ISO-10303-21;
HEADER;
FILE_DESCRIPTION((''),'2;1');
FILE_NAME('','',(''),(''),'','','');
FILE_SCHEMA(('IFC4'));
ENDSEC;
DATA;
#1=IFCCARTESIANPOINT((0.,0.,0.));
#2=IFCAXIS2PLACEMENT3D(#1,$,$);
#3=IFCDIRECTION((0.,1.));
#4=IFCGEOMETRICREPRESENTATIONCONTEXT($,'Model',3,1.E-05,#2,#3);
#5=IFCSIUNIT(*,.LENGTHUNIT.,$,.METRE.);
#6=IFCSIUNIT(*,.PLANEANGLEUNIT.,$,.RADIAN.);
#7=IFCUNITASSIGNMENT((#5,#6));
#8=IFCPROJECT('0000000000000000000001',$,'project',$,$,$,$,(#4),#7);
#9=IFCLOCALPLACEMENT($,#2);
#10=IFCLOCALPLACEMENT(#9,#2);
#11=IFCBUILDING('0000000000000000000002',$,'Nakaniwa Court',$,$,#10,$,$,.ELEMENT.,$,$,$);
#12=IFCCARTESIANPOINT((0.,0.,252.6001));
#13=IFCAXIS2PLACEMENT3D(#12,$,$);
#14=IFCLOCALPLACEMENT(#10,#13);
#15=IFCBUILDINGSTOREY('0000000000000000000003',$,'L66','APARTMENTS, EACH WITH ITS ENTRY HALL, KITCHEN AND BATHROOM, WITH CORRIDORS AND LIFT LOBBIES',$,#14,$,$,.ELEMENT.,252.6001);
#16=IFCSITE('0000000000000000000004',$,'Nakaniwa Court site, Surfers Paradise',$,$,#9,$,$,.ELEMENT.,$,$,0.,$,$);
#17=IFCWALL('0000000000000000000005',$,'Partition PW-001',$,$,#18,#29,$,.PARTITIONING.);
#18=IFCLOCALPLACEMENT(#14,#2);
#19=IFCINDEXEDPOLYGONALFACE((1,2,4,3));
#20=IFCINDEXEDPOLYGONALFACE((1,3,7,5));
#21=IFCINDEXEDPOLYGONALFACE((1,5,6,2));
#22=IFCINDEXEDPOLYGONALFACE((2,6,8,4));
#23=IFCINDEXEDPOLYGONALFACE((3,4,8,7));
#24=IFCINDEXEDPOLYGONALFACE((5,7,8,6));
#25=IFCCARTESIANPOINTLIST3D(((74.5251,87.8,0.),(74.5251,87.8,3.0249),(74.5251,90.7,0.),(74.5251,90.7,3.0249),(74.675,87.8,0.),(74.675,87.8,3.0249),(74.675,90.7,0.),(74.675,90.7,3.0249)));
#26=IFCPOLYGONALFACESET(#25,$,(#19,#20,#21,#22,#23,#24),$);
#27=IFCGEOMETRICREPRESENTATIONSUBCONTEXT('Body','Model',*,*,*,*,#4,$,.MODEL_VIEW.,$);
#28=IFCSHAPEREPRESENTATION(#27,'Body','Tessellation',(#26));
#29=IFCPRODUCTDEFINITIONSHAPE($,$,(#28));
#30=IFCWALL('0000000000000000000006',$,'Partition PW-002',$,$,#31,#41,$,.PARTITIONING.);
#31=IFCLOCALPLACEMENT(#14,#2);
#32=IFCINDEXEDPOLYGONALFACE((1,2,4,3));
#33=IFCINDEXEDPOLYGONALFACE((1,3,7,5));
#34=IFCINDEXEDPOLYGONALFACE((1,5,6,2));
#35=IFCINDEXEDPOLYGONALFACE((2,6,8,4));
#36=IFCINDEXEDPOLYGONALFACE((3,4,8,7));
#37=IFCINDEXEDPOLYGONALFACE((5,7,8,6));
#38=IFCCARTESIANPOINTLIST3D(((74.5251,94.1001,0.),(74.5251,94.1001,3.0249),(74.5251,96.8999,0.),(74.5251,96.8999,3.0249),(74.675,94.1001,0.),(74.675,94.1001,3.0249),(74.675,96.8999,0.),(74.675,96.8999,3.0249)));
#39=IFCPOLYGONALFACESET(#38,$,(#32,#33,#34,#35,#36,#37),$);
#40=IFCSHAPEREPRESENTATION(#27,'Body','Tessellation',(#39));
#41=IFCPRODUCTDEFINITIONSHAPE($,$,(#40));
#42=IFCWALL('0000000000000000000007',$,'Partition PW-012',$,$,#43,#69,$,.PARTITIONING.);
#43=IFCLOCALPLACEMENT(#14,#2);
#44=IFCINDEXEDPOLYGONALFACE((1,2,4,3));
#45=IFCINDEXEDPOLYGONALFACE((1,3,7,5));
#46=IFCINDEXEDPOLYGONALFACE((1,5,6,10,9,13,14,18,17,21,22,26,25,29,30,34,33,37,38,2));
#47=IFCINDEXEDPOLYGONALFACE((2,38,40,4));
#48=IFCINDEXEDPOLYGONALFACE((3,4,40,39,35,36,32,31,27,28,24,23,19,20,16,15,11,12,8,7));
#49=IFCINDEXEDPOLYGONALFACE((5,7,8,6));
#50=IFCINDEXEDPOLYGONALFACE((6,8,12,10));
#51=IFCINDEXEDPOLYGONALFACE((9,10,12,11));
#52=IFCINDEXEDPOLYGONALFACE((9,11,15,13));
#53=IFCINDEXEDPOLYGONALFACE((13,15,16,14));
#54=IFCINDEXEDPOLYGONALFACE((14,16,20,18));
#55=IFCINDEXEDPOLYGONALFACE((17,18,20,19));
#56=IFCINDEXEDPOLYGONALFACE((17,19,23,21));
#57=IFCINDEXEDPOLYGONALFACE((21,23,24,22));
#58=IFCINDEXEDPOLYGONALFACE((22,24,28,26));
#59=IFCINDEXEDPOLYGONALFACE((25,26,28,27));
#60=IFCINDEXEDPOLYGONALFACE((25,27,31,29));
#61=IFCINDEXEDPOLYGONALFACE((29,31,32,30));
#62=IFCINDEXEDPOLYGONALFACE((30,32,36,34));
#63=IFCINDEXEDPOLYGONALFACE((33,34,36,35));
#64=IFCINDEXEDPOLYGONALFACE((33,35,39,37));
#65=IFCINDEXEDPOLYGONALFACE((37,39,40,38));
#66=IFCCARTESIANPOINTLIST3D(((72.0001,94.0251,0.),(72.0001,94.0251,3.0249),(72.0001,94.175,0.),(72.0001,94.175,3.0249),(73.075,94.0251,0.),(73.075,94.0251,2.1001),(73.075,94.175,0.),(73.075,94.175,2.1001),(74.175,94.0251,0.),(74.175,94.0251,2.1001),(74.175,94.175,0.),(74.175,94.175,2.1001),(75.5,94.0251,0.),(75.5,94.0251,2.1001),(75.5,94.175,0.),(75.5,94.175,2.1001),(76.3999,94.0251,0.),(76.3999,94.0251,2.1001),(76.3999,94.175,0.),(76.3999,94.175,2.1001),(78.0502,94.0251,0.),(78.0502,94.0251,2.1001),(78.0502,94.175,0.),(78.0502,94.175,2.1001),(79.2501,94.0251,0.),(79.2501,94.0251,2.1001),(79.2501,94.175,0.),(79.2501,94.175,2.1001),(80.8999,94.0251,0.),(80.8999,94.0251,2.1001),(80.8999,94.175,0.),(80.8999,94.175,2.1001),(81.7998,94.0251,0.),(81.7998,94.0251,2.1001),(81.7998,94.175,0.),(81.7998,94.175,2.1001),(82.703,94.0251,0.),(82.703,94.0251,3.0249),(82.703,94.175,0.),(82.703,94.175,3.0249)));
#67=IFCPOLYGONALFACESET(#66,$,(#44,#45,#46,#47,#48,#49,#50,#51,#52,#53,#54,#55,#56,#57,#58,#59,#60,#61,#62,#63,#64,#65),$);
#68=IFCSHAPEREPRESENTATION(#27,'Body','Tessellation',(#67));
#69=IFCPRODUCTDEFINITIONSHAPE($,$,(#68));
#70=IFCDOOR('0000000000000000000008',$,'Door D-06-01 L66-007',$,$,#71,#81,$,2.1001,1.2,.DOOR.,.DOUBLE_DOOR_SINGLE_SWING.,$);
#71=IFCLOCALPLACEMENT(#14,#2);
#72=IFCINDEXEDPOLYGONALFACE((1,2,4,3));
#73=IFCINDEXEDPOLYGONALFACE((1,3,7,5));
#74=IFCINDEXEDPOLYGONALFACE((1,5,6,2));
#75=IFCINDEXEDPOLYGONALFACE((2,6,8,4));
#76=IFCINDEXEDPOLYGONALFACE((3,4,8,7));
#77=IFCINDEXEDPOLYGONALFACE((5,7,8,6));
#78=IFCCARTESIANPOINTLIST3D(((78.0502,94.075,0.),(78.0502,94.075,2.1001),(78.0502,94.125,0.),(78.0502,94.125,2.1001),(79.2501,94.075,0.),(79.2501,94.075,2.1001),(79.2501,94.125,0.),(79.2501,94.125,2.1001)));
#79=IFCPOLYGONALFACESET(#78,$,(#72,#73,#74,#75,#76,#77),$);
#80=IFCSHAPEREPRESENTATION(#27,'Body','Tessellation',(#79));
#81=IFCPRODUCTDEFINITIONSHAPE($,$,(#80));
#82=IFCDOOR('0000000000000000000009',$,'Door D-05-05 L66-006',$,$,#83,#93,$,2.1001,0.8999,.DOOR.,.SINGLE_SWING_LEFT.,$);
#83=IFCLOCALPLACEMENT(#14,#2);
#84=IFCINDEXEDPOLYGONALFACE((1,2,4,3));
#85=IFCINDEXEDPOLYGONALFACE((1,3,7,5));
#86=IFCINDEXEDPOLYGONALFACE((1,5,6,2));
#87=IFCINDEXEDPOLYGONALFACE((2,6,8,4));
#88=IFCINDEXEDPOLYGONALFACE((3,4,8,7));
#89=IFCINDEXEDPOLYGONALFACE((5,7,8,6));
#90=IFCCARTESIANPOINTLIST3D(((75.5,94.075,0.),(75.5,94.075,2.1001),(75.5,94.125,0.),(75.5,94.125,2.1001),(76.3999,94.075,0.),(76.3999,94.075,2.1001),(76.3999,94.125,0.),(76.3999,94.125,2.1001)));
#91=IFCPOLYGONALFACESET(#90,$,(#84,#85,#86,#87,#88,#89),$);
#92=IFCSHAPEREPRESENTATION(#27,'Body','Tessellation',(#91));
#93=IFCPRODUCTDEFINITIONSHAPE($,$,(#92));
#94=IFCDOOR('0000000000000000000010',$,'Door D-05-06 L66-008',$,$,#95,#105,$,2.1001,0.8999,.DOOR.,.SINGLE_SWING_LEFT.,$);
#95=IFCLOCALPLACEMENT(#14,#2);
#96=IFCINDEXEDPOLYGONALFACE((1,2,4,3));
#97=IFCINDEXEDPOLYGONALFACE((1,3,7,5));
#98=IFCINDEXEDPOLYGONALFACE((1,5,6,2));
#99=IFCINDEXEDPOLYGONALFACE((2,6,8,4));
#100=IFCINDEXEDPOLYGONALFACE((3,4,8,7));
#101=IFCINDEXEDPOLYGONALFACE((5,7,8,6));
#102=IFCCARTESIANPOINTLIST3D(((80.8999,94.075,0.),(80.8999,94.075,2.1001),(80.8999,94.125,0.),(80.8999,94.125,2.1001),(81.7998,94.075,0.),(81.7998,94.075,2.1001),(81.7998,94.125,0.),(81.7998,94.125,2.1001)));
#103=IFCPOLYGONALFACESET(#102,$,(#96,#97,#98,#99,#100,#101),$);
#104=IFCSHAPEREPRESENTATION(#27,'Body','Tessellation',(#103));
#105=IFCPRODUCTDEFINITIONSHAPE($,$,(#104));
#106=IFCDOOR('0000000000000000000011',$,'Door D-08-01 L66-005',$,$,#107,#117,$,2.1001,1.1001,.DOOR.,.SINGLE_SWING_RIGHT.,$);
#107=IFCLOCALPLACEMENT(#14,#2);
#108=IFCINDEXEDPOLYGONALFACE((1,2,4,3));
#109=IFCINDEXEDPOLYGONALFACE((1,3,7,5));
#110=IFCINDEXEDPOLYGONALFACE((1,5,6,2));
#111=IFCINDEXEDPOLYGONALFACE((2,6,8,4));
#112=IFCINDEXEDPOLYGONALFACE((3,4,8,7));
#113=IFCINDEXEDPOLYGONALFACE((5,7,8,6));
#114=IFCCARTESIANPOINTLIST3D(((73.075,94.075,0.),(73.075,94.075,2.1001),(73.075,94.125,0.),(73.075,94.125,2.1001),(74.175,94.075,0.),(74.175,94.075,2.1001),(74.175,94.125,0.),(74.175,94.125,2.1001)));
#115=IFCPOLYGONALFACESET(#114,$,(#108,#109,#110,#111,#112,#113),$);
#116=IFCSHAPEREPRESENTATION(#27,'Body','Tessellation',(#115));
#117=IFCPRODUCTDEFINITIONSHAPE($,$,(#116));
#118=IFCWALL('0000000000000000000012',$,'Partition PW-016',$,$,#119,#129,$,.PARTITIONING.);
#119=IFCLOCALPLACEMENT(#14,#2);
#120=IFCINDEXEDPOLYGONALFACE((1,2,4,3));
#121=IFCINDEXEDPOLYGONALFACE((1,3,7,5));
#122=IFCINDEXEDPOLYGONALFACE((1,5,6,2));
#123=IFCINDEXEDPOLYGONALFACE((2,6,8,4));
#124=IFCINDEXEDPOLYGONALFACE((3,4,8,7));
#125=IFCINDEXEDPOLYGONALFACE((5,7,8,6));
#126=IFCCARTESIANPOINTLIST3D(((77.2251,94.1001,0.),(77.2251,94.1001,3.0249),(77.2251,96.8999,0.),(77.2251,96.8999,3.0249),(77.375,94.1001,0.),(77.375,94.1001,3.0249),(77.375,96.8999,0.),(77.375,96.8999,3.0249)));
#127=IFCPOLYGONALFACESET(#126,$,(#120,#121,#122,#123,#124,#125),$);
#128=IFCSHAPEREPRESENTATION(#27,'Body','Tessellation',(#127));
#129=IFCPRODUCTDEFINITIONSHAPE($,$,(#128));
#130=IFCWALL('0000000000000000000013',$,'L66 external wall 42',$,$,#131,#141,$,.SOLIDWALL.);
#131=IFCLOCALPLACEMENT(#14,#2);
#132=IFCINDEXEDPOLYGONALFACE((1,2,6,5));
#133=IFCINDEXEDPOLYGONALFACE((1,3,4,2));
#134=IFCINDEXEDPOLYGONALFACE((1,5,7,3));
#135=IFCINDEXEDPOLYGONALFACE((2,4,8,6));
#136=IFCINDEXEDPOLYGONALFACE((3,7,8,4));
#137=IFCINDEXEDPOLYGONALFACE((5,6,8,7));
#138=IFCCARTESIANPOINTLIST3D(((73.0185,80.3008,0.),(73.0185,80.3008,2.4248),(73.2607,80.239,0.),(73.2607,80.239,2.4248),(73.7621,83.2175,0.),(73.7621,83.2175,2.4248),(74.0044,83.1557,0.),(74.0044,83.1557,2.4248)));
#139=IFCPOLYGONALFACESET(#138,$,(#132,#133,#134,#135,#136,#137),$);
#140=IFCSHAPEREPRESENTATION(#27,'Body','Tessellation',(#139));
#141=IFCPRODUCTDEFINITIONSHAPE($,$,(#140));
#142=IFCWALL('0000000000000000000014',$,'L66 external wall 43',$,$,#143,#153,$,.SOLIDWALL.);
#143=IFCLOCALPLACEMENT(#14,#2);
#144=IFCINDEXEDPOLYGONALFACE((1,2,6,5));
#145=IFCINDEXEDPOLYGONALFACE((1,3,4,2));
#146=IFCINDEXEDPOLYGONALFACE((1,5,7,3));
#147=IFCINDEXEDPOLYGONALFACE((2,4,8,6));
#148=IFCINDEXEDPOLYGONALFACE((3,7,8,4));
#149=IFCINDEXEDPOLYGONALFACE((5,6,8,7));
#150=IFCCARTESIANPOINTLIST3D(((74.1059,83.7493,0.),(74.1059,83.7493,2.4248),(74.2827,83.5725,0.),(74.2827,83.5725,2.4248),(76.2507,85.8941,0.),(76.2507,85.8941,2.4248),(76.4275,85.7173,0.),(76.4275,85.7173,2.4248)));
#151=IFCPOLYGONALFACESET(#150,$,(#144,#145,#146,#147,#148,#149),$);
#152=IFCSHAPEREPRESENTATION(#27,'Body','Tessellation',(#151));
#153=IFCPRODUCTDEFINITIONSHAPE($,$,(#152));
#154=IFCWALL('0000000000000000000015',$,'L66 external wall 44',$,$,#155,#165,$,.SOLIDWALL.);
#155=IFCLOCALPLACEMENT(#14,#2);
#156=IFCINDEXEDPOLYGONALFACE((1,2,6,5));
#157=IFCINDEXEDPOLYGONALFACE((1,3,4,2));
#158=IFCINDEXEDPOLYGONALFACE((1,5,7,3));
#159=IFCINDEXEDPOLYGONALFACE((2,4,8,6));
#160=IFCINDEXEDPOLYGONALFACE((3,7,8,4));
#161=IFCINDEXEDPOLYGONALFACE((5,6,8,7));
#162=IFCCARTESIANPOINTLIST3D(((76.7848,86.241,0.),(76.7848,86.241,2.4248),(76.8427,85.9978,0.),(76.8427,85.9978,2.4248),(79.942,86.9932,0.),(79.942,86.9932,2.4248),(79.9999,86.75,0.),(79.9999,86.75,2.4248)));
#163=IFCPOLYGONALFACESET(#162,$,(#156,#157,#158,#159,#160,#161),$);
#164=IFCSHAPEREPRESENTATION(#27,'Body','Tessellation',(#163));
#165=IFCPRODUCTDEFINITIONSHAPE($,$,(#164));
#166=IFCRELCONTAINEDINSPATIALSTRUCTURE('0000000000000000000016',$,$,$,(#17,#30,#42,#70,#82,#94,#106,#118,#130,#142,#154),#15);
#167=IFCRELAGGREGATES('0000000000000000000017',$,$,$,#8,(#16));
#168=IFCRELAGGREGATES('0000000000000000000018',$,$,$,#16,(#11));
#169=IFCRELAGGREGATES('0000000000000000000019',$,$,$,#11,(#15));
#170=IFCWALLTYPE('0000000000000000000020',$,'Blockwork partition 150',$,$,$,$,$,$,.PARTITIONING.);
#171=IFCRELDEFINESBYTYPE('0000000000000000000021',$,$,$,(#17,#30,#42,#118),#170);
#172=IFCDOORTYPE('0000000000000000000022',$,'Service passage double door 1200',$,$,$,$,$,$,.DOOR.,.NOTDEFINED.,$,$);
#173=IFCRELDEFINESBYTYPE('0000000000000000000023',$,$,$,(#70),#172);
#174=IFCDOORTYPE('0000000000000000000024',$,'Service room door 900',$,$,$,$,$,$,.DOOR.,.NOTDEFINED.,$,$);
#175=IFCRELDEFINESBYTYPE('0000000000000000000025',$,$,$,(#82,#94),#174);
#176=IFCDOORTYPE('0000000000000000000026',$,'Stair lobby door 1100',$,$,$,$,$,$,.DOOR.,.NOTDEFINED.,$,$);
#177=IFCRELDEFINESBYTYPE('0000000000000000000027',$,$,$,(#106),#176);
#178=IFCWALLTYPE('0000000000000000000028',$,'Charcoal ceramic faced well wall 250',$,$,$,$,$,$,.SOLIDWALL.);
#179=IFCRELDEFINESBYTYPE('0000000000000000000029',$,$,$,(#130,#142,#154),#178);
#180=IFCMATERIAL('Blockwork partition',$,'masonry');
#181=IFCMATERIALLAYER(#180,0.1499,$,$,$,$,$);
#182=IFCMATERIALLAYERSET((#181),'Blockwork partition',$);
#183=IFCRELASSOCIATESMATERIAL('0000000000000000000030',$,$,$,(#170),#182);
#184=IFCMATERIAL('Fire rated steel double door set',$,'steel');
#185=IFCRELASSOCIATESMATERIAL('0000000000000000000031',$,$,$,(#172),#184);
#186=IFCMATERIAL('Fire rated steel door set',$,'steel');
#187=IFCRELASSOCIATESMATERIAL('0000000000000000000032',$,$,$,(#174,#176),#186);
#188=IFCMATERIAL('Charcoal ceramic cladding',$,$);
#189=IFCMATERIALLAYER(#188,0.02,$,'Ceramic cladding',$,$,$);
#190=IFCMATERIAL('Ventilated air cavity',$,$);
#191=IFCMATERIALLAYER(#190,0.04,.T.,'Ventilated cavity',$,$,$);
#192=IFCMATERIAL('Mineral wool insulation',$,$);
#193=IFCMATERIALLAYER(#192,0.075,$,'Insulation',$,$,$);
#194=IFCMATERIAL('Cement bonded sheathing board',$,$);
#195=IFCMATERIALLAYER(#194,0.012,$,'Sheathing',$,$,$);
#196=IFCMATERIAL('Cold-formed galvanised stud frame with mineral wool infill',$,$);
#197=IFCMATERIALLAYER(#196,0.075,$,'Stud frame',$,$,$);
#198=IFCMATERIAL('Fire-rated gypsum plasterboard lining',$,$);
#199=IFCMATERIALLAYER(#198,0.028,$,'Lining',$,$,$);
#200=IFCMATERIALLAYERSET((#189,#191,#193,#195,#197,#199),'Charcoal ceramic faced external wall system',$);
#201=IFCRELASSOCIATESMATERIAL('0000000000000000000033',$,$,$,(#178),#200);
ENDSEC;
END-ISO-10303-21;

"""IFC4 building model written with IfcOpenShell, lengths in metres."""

from ifc_helpers import new_model, si_unit, direction, frame, frame_2d, origin, place, context, subcontext, project, spatial, rectangle, extrude, material, layer, layer_set, type_object, element, fill, save


model = new_model("IFC4")

# Units and contexts
model_context = context("Model", 3, precision=1e-05, world=origin(), true_north=direction((0.0, 1.0)))
body_context = subcontext(model_context, "Body", "Model", "MODEL_VIEW")
ifc_project = project(units=[si_unit("LENGTHUNIT", "METRE"), si_unit("PLANEANGLEUNIT", "RADIAN")], contexts=[model_context])

# Site, building, storey
site_placement = place(None, origin())
site = spatial("IfcSite", under=ifc_project, at=site_placement, Name="Nakaniwa Court site, Surfers Paradise", CompositionType="ELEMENT", RefElevation=0.0)
building_placement = place(site_placement, origin())
building = spatial("IfcBuilding", under=site, at=building_placement, Name="Nakaniwa Court", CompositionType="ELEMENT")
storey_placement = place(building_placement, frame((0.0, 0.0, 252.6001)))
storey = spatial("IfcBuildingStorey", under=building, at=storey_placement, Name="L66", Description="APARTMENTS, EACH WITH ITS ENTRY HALL, KITCHEN AND BATHROOM, WITH CORRIDORS AND LIFT LOBBIES", CompositionType="ELEMENT", Elevation=252.6001)

# Walls
ifc_material_1 = material(Name="Blockwork partition", Category="masonry")
ifc_layer_1 = layer(ifc_material_1, 0.1499)
ifc_layer_set_1 = layer_set([ifc_layer_1], Name="Blockwork partition")
wall_type_1 = type_object("IfcWallType", Name="Blockwork partition 150", PredefinedType="PARTITIONING", material=ifc_layer_set_1)
wall_1_placement = place(storey_placement, frame((74.6001, 87.8, 0.0), z_axis=(0.0, 0.0, 1.0), x_axis=(0.0, 1.0, 0.0)))
element("IfcWall", 1, at=wall_1_placement, inside=storey, type_object=wall_type_1, Name="Partition PW-001", PredefinedType="PARTITIONING", context=body_context, shape_type="SweptSolid", body=[
    extrude(rectangle(XDim=2.8999, YDim=0.1499, at=frame_2d((1.45, 0.0))), origin(), (0.0, 0.0, 1.0), 3.0249),
])
wall_2_placement = place(storey_placement, frame((74.6001, 94.1001, 0.0), z_axis=(0.0, 0.0, 1.0), x_axis=(0.0, 1.0, 0.0)))
element("IfcWall", 2, at=wall_2_placement, inside=storey, type_object=wall_type_1, Name="Partition PW-002", PredefinedType="PARTITIONING", context=body_context, shape_type="SweptSolid", body=[
    extrude(rectangle(XDim=2.7998, YDim=0.1499, at=frame_2d((1.3999, 0.0))), origin(), (0.0, 0.0, 1.0), 3.0249),
])

# Wall, openings, doors
wall_3_placement = place(storey_placement, frame((72.0, 94.1001, 0.0), z_axis=(0.0, 0.0, 1.0), x_axis=(1.0, 0.0, 0.0)))
wall_3 = element("IfcWall", 3, at=wall_3_placement, inside=storey, type_object=wall_type_1, Name="Partition PW-012", PredefinedType="PARTITIONING", context=body_context, shape_type="SweptSolid", body=[
    extrude(rectangle(XDim=10.7029, YDim=0.1499, at=frame_2d((5.3516, 0.0))), origin(), (0.0, 0.0, 1.0), 3.0249),
])
opening_1_placement = place(wall_3_placement, frame((1.075, 0.0, 0.0)))
opening_1 = element("IfcOpeningElement", 4, at=opening_1_placement, cuts=wall_3, PredefinedType="OPENING", context=body_context, shape_type="SweptSolid", body=[
    extrude(rectangle(XDim=1.1001, YDim=2.1001, at=frame_2d((0.55, 1.05))), frame((0.0, 0.085, 0.0), z_axis=(0.0, -1.0, 0.0), x_axis=(1.0, 0.0, 0.0)), (0.0, 0.0, 1.0), 0.1699),
])
opening_2_placement = place(wall_3_placement, frame((3.5, 0.0, 0.0)))
opening_2 = element("IfcOpeningElement", 5, at=opening_2_placement, cuts=wall_3, PredefinedType="OPENING", context=body_context, shape_type="SweptSolid", body=[
    extrude(rectangle(XDim=0.8999, YDim=2.1001, at=frame_2d((0.45, 1.05))), frame((0.0, 0.085, 0.0), z_axis=(0.0, -1.0, 0.0), x_axis=(1.0, 0.0, 0.0)), (0.0, 0.0, 1.0), 0.1699),
])
opening_3_placement = place(wall_3_placement, frame((6.05, 0.0, 0.0)))
opening_3 = element("IfcOpeningElement", 6, at=opening_3_placement, cuts=wall_3, PredefinedType="OPENING", context=body_context, shape_type="SweptSolid", body=[
    extrude(rectangle(XDim=1.2, YDim=2.1001, at=frame_2d((0.6001, 1.05))), frame((0.0, 0.085, 0.0), z_axis=(0.0, -1.0, 0.0), x_axis=(1.0, 0.0, 0.0)), (0.0, 0.0, 1.0), 0.1699),
])
opening_4_placement = place(wall_3_placement, frame((8.8999, 0.0, 0.0)))
opening_4 = element("IfcOpeningElement", 7, at=opening_4_placement, cuts=wall_3, PredefinedType="OPENING", context=body_context, shape_type="SweptSolid", body=[
    extrude(rectangle(XDim=0.8999, YDim=2.1001, at=frame_2d((0.45, 1.05))), frame((0.0, 0.085, 0.0), z_axis=(0.0, -1.0, 0.0), x_axis=(1.0, 0.0, 0.0)), (0.0, 0.0, 1.0), 0.1699),
])
ifc_material_2 = material(Name="Fire rated steel double door set", Category="steel")
door_type_1 = type_object("IfcDoorType", Name="Service passage double door 1200", OperationType="NOTDEFINED", PredefinedType="DOOR", material=ifc_material_2)
door_1_placement = place(opening_3_placement, origin())
door_1 = element("IfcDoor", 8, at=door_1_placement, inside=storey, type_object=door_type_1, Name="Door D-06-01 L66-007", OperationType="DOUBLE_DOOR_SINGLE_SWING", OverallHeight=2.1001, OverallWidth=1.2, PredefinedType="DOOR", context=body_context, shape_type="SweptSolid", body=[
    extrude(rectangle(XDim=1.2, YDim=2.1001, at=frame_2d((0.6001, 1.05))), frame((0.0, 0.0249, 0.0), z_axis=(0.0, -1.0, 0.0), x_axis=(1.0, 0.0, 0.0)), (0.0, 0.0, 1.0), 0.05),
])
fill(opening_3, door_1)
ifc_material_3 = material(Name="Fire rated steel door set", Category="steel")
door_type_2 = type_object("IfcDoorType", Name="Service room door 900", OperationType="NOTDEFINED", PredefinedType="DOOR", material=ifc_material_3)
door_2_placement = place(opening_2_placement, origin())
door_2 = element("IfcDoor", 9, at=door_2_placement, inside=storey, type_object=door_type_2, Name="Door D-05-05 L66-006", OperationType="SINGLE_SWING_LEFT", OverallHeight=2.1001, OverallWidth=0.8999, PredefinedType="DOOR", context=body_context, shape_type="SweptSolid", body=[
    extrude(rectangle(XDim=0.8999, YDim=2.1001, at=frame_2d((0.45, 1.05))), frame((0.0, 0.0249, 0.0), z_axis=(0.0, -1.0, 0.0), x_axis=(1.0, 0.0, 0.0)), (0.0, 0.0, 1.0), 0.05),
])
fill(opening_2, door_2)
door_3_placement = place(opening_4_placement, origin())
door_3 = element("IfcDoor", 10, at=door_3_placement, inside=storey, type_object=door_type_2, Name="Door D-05-06 L66-008", OperationType="SINGLE_SWING_LEFT", OverallHeight=2.1001, OverallWidth=0.8999, PredefinedType="DOOR", context=body_context, shape_type="SweptSolid", body=[
    extrude(rectangle(XDim=0.8999, YDim=2.1001, at=frame_2d((0.45, 1.05))), frame((0.0, 0.0249, 0.0), z_axis=(0.0, -1.0, 0.0), x_axis=(1.0, 0.0, 0.0)), (0.0, 0.0, 1.0), 0.05),
])
fill(opening_4, door_3)
door_type_3 = type_object("IfcDoorType", Name="Stair lobby door 1100", OperationType="NOTDEFINED", PredefinedType="DOOR", material=ifc_material_3)
door_4_placement = place(opening_1_placement, origin())
door_4 = element("IfcDoor", 11, at=door_4_placement, inside=storey, type_object=door_type_3, Name="Door D-08-01 L66-005", OperationType="SINGLE_SWING_RIGHT", OverallHeight=2.1001, OverallWidth=1.1001, PredefinedType="DOOR", context=body_context, shape_type="SweptSolid", body=[
    extrude(rectangle(XDim=1.1001, YDim=2.1001, at=frame_2d((0.55, 1.05))), frame((0.0, 0.0249, 0.0), z_axis=(0.0, -1.0, 0.0), x_axis=(1.0, 0.0, 0.0)), (0.0, 0.0, 1.0), 0.05),
])
fill(opening_1, door_4)

# Walls
wall_4_placement = place(storey_placement, frame((77.3, 94.1001, 0.0), z_axis=(0.0, 0.0, 1.0), x_axis=(0.0, 1.0, 0.0)))
element("IfcWall", 12, at=wall_4_placement, inside=storey, type_object=wall_type_1, Name="Partition PW-016", PredefinedType="PARTITIONING", context=body_context, shape_type="SweptSolid", body=[
    extrude(rectangle(XDim=2.7998, YDim=0.1499, at=frame_2d((1.3999, 0.0))), origin(), (0.0, 0.0, 1.0), 3.0249),
])
ifc_material_4 = material(Name="Charcoal ceramic cladding")
ifc_layer_2 = layer(ifc_material_4, 0.02, Name="Ceramic cladding")
ifc_material_5 = material(Name="Ventilated air cavity")
ifc_layer_3 = layer(ifc_material_5, 0.04, ventilated=True, Name="Ventilated cavity")
ifc_material_6 = material(Name="Mineral wool insulation")
ifc_layer_4 = layer(ifc_material_6, 0.075, Name="Insulation")
ifc_material_7 = material(Name="Cement bonded sheathing board")
ifc_layer_5 = layer(ifc_material_7, 0.012, Name="Sheathing")
ifc_material_8 = material(Name="Cold-formed galvanised stud frame with mineral wool infill")
ifc_layer_6 = layer(ifc_material_8, 0.075, Name="Stud frame")
ifc_material_9 = material(Name="Fire-rated gypsum plasterboard lining")
ifc_layer_7 = layer(ifc_material_9, 0.028, Name="Lining")
ifc_layer_set_2 = layer_set([ifc_layer_2, ifc_layer_3, ifc_layer_4, ifc_layer_5, ifc_layer_6, ifc_layer_7], Name="Charcoal ceramic faced external wall system")
wall_type_2 = type_object("IfcWallType", Name="Charcoal ceramic faced well wall 250", PredefinedType="SOLIDWALL", material=ifc_layer_set_2)
wall_5_placement = place(storey_placement, frame((73.1396, 80.27, 0.0), z_axis=(0.0, 0.0, 1.0), x_axis=(0.247056, 0.969001, 0.0)))
element("IfcWall", 13, at=wall_5_placement, inside=storey, type_object=wall_type_2, Name="L66 external wall 42", PredefinedType="SOLIDWALL", context=body_context, shape_type="SweptSolid", body=[
    extrude(rectangle(XDim=3.01, YDim=0.25, at=frame_2d((1.5049, 0.0))), origin(), (0.0, 0.0, 1.0), 2.4248),
])
wall_6_placement = place(storey_placement, frame((74.1943, 83.6609, 0.0), z_axis=(0.0, 0.0, 1.0), x_axis=(0.707107, 0.707107, 0.0)))
element("IfcWall", 14, at=wall_6_placement, inside=storey, type_object=wall_type_2, Name="L66 external wall 43", PredefinedType="SOLIDWALL", context=body_context, shape_type="SweptSolid", body=[
    extrude(rectangle(XDim=3.0332, YDim=0.25, at=frame_2d((1.5166, 0.0))), origin(), (0.0, 0.0, 1.0), 2.4248),
])
wall_7_placement = place(storey_placement, frame((76.8137, 86.1194, 0.0), z_axis=(0.0, 0.0, 1.0), x_axis=(0.972773, 0.23176, 0.0)))
element("IfcWall", 15, at=wall_7_placement, inside=storey, type_object=wall_type_2, Name="L66 external wall 44", PredefinedType="SOLIDWALL", context=body_context, shape_type="SweptSolid", body=[
    extrude(rectangle(XDim=3.2456, YDim=0.25, at=frame_2d((1.6228, 0.0))), origin(), (0.0, 0.0, 1.0), 2.4248),
])

save(model, "model.ifc")
